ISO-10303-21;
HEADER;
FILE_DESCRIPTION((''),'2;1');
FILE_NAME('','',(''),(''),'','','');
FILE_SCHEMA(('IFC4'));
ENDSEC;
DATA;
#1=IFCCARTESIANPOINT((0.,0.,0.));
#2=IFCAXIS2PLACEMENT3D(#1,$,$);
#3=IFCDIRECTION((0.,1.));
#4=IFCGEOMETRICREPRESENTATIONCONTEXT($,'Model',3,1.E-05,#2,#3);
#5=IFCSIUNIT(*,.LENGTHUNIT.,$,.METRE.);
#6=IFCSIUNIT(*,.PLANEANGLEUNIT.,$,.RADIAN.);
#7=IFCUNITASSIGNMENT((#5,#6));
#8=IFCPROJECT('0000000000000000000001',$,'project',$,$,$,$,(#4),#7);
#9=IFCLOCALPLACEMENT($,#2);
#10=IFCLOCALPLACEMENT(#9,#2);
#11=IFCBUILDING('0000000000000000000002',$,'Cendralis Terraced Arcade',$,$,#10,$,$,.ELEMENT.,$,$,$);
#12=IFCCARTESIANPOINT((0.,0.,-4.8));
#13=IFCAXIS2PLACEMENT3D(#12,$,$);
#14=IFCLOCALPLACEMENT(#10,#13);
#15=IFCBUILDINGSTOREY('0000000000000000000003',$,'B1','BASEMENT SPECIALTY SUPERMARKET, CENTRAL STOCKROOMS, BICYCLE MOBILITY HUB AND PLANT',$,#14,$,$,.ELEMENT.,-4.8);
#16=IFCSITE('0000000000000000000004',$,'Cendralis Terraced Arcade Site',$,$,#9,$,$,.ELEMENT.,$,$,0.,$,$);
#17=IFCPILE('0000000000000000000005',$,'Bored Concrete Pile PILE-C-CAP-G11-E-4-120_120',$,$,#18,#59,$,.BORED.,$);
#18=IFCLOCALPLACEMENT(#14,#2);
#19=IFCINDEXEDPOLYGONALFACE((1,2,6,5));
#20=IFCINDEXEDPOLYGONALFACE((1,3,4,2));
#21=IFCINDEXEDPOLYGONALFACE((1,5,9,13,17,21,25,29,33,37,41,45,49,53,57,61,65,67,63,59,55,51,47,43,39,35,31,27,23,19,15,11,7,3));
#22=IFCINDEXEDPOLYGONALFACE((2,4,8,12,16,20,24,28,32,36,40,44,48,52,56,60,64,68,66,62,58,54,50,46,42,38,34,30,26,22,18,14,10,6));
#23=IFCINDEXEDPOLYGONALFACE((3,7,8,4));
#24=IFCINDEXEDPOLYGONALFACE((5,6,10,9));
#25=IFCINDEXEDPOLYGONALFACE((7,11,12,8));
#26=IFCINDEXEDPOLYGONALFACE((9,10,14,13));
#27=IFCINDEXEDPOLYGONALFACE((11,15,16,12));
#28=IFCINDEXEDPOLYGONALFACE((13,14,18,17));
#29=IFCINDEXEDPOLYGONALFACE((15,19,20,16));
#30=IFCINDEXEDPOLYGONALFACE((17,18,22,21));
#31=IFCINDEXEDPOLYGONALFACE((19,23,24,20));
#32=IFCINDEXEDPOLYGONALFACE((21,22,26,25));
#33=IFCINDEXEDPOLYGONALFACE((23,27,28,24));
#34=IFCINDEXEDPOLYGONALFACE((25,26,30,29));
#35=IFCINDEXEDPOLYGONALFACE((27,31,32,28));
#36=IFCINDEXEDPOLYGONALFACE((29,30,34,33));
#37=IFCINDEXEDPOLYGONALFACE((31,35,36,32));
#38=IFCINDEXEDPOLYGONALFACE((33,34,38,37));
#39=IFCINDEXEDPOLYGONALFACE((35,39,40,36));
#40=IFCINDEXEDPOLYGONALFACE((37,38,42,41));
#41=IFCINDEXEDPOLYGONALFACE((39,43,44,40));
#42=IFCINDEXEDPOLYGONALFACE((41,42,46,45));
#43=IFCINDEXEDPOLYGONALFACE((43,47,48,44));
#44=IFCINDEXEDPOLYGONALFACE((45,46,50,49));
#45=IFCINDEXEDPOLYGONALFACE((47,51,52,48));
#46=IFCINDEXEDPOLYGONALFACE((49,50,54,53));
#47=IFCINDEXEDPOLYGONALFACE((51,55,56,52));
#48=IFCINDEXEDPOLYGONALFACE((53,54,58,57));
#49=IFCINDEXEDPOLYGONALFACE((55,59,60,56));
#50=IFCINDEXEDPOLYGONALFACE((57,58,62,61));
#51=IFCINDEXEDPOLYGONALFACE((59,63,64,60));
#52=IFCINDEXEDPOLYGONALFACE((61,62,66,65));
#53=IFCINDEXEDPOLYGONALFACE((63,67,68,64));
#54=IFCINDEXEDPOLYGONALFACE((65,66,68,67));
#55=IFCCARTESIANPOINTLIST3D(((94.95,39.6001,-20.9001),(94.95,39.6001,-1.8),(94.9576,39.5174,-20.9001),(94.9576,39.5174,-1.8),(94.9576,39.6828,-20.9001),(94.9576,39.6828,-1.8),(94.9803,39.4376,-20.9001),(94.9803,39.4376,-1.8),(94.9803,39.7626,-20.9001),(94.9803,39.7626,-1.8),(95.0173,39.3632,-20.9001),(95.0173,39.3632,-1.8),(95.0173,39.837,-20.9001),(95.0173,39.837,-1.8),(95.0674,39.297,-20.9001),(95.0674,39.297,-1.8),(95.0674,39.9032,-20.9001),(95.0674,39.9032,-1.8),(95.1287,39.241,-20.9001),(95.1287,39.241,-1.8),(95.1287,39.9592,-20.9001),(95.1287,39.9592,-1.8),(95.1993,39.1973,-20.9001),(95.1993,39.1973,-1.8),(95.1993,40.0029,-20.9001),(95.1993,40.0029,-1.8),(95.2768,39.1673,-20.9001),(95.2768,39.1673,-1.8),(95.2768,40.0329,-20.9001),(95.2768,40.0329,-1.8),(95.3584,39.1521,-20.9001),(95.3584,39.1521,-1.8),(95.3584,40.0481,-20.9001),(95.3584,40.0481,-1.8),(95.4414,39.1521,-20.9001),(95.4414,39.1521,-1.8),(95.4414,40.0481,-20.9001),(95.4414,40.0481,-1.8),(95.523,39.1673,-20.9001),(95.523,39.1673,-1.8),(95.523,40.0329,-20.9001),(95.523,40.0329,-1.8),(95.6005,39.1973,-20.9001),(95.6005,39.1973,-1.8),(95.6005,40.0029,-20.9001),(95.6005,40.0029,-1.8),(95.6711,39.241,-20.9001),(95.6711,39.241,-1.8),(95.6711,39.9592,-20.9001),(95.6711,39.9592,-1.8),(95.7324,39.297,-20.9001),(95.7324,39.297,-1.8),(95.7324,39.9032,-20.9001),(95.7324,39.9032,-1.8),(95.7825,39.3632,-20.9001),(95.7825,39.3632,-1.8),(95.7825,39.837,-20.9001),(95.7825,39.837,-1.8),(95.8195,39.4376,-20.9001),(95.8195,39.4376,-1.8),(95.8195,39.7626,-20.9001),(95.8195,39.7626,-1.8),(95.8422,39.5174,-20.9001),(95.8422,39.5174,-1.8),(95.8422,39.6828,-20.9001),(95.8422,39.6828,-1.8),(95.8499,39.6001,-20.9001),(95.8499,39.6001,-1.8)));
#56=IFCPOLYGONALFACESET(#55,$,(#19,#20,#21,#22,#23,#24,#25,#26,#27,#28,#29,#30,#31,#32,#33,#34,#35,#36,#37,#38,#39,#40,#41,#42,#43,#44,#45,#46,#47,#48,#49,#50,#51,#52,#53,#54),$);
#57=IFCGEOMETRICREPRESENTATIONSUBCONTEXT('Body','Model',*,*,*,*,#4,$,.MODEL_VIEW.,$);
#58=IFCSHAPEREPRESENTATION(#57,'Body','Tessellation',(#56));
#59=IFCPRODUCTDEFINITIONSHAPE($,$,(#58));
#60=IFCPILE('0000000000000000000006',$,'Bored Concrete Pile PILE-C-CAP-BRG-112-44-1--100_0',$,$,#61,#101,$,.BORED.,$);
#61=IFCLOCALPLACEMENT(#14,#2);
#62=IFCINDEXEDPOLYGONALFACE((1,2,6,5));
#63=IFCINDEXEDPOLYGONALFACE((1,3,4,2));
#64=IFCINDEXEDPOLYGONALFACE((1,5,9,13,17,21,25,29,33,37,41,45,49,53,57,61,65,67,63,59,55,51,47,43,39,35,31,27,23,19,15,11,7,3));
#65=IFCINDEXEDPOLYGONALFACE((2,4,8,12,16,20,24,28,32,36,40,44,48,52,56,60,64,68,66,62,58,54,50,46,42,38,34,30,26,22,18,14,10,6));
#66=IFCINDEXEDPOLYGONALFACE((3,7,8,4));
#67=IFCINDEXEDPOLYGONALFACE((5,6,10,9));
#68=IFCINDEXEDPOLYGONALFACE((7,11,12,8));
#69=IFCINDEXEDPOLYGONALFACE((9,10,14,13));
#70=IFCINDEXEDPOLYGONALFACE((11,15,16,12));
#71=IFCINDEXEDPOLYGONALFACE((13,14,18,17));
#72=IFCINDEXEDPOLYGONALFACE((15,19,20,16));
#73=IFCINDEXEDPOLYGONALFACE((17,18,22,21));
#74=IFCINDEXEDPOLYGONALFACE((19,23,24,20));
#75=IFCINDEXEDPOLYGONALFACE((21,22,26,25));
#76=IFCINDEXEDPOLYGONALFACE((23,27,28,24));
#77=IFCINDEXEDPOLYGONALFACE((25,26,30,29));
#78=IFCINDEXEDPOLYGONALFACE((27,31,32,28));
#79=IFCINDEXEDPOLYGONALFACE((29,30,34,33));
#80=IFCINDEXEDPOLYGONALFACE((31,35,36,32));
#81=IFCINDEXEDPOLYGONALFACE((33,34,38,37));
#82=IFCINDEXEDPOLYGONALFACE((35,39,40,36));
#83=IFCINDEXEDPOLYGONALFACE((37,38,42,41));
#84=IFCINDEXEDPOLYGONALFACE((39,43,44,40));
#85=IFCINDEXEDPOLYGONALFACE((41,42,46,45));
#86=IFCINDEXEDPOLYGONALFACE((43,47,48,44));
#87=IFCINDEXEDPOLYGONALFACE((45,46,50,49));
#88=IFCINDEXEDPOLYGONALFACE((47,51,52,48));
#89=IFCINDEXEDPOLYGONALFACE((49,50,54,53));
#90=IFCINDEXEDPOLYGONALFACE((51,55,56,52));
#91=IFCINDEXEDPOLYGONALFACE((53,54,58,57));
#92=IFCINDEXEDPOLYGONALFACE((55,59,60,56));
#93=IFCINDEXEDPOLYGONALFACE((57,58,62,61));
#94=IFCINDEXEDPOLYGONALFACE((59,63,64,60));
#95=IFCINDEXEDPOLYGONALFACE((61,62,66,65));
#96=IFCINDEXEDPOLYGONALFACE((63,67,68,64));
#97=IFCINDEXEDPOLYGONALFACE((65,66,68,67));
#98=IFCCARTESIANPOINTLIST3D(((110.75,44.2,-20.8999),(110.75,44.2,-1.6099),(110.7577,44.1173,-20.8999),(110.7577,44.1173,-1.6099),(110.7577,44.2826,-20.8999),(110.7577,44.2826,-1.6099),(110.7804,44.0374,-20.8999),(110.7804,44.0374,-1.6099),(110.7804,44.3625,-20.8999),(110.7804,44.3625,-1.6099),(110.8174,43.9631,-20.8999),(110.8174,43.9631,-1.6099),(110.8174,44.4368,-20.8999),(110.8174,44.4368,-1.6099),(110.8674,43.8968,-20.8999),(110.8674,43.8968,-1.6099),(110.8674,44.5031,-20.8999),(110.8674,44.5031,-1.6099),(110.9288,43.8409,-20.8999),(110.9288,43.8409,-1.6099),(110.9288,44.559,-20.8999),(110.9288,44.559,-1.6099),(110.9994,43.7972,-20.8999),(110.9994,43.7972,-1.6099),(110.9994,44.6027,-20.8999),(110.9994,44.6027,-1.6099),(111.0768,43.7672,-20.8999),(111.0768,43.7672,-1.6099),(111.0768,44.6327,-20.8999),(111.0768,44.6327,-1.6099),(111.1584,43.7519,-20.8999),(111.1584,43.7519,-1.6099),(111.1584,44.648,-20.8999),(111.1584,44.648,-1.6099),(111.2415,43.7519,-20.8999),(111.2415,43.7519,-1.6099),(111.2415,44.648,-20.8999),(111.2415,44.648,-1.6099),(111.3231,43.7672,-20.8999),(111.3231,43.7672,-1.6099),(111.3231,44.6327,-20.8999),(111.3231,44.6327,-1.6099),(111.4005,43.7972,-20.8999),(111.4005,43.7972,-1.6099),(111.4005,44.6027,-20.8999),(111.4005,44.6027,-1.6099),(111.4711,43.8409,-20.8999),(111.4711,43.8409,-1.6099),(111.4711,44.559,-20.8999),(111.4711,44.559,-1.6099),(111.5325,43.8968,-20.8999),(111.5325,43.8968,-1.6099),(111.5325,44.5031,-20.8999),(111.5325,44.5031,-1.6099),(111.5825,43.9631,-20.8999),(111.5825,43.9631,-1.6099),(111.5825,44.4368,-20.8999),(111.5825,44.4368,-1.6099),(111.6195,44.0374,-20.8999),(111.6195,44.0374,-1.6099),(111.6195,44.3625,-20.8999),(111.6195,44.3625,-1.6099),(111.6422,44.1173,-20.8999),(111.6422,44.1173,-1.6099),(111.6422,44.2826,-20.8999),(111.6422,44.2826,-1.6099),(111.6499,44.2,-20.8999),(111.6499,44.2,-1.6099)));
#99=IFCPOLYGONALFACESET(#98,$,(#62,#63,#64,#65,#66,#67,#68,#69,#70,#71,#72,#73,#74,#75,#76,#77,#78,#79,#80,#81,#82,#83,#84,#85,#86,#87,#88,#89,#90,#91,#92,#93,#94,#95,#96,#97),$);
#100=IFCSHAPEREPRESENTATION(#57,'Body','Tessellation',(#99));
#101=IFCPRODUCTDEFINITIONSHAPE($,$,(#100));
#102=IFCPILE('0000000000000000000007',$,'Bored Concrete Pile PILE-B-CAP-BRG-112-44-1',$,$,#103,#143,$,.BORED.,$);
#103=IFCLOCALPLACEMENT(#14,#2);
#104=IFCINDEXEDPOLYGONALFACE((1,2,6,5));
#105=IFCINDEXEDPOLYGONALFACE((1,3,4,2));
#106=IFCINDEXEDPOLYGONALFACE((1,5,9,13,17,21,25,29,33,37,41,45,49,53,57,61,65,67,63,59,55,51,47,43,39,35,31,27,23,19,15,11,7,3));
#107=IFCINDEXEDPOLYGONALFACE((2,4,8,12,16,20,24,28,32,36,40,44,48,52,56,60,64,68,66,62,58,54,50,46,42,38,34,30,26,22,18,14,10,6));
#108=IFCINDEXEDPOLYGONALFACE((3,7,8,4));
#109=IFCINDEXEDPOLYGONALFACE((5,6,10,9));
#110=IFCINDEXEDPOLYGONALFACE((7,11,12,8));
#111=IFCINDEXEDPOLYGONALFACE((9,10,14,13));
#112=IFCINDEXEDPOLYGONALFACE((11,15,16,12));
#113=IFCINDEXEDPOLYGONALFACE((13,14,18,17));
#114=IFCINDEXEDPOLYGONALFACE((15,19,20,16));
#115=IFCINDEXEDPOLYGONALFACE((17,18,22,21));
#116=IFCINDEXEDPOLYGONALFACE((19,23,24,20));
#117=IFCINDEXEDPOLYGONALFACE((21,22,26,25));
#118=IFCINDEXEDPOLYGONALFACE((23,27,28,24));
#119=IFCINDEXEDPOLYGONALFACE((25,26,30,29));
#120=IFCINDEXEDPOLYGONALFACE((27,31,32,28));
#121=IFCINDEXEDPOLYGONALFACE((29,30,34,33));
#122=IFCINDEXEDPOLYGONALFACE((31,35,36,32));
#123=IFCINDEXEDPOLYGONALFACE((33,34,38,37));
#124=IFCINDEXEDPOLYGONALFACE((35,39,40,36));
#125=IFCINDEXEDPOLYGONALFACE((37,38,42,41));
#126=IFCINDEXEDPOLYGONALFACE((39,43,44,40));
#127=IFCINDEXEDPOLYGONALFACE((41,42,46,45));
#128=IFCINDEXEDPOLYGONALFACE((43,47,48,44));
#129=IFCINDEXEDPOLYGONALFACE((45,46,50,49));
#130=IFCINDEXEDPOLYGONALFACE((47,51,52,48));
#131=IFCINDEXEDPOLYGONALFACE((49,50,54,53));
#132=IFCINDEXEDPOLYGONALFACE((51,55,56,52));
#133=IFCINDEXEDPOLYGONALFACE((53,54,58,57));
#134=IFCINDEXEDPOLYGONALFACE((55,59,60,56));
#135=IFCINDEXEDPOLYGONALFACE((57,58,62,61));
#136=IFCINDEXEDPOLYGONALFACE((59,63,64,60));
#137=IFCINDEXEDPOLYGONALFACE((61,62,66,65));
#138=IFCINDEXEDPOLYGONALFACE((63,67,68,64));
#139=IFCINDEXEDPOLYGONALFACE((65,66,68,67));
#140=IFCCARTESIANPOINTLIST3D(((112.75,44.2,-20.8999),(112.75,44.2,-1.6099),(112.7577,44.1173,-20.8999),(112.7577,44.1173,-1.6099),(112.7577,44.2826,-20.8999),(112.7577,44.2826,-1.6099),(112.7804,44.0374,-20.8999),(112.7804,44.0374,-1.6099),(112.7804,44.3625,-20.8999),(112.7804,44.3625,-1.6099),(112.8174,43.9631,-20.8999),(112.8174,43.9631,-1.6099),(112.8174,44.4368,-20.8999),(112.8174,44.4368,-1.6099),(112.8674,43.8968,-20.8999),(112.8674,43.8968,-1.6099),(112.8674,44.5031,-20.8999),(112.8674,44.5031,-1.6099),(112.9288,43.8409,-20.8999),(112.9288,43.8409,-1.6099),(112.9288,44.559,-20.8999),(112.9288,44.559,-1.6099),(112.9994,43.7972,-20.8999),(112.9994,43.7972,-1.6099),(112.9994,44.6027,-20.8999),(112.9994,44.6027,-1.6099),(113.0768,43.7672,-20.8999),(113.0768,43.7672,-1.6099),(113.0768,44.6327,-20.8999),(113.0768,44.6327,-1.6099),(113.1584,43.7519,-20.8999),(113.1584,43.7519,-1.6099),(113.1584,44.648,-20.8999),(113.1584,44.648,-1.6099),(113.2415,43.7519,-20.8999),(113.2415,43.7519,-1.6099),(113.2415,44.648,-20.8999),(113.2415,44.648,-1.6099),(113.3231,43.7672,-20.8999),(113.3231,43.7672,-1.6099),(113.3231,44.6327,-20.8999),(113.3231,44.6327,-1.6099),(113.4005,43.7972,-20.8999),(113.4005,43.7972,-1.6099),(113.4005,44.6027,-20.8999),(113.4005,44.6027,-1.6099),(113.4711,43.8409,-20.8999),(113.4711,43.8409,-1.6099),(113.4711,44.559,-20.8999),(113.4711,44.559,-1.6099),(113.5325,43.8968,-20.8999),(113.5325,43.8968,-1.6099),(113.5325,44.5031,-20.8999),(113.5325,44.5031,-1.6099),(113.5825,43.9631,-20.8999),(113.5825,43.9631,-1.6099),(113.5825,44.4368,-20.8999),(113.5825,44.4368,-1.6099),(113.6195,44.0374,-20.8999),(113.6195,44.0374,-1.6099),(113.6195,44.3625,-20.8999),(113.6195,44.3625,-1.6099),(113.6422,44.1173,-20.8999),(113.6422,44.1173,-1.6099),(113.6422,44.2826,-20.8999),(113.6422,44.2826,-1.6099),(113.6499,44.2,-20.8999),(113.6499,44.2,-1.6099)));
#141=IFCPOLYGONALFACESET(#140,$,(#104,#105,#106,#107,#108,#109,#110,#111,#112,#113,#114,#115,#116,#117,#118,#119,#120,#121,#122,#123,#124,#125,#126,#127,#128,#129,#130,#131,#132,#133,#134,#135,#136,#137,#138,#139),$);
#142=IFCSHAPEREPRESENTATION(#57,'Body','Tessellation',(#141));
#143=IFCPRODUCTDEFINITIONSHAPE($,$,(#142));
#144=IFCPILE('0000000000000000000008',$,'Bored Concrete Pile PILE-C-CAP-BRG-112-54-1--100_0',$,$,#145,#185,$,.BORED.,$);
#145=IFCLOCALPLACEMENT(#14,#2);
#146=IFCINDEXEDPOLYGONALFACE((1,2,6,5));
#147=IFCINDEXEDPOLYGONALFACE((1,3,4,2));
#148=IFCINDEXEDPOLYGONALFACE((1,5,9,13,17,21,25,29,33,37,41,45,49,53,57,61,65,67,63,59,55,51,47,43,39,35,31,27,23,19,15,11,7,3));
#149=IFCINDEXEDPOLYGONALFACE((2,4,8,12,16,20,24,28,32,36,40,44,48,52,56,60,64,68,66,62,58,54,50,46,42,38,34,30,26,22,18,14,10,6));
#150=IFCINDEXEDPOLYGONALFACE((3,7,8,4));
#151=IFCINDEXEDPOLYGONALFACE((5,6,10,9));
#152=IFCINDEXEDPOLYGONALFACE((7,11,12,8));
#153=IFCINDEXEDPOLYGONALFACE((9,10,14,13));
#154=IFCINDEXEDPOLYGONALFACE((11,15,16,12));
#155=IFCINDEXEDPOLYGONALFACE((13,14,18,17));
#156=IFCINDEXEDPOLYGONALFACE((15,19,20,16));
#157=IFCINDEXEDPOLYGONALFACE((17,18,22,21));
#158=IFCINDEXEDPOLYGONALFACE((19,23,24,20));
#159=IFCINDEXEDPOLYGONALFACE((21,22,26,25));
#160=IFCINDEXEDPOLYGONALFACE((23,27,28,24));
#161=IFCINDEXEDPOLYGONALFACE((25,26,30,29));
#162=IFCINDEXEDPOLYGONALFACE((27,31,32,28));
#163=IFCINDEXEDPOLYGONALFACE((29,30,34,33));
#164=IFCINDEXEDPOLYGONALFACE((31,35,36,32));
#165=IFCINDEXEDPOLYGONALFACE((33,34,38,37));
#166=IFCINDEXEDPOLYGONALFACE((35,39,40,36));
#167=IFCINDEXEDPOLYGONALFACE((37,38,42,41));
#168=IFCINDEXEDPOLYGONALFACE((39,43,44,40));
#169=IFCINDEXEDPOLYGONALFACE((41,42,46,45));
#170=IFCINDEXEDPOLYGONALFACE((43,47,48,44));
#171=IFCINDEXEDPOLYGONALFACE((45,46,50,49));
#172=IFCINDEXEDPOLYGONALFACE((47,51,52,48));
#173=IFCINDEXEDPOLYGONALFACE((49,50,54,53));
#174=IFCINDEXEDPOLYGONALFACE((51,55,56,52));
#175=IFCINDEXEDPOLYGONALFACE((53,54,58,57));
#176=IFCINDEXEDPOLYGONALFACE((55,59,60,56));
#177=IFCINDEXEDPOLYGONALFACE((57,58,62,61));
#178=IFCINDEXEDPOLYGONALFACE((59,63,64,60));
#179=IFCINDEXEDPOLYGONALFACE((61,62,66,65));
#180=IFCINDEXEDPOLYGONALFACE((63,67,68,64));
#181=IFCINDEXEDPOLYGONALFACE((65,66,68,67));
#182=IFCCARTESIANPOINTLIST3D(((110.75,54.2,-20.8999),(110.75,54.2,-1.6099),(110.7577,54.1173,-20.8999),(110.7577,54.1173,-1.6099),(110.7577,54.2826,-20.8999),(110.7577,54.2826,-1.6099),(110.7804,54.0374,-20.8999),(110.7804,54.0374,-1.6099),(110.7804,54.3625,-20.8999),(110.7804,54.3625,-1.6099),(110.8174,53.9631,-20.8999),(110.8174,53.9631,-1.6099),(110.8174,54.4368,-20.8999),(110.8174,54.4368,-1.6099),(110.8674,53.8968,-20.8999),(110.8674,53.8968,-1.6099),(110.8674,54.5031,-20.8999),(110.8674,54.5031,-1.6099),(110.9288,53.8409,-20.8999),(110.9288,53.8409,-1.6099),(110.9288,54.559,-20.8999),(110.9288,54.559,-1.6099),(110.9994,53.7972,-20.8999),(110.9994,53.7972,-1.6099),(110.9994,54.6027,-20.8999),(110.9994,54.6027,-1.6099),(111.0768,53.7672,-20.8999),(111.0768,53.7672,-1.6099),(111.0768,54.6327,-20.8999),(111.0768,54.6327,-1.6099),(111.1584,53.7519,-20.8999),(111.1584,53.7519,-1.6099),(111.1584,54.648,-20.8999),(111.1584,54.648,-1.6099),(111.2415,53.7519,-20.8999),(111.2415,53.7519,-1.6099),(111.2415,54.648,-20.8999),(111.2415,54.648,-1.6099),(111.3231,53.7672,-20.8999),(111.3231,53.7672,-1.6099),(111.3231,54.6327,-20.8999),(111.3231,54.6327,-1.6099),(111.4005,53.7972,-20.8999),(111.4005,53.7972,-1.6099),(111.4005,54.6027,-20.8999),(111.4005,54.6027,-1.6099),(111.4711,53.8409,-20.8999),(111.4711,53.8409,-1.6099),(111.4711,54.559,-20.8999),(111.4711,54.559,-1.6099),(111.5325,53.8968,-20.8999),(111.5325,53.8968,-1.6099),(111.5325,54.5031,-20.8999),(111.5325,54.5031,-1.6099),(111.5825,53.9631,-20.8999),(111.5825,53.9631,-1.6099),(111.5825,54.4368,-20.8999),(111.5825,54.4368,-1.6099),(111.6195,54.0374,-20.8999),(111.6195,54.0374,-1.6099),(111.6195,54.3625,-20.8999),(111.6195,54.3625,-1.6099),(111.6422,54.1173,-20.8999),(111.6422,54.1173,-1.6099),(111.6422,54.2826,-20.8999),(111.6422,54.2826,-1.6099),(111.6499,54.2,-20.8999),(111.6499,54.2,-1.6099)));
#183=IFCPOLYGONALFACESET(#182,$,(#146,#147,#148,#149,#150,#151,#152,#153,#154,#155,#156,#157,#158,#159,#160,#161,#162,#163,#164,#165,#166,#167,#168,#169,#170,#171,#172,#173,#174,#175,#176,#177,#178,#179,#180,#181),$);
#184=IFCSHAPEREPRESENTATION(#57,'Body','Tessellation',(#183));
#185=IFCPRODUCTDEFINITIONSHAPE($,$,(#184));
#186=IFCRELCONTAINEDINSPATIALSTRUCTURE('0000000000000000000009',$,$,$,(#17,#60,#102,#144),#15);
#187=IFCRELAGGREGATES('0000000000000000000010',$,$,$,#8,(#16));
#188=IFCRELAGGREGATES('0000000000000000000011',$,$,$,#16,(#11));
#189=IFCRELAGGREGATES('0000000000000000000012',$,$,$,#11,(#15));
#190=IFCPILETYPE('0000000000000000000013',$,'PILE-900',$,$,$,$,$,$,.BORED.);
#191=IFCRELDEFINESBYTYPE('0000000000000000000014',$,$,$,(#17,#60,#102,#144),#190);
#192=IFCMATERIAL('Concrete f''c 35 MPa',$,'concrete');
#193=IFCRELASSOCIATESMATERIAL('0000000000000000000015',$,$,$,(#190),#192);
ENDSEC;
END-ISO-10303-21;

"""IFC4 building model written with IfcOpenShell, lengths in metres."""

from ifc_helpers import new_model, si_unit, direction, frame, origin, origin_2d, place, context, subcontext, project, spatial, circle, extrude, material, material_profile, profile_set, type_object, element, save


model = new_model("IFC4")

# Units and contexts
model_context = context("Model", 3, precision=1e-05, world=origin(), true_north=direction((0.0, 1.0)))
body_context = subcontext(model_context, "Body", "Model", "MODEL_VIEW")
ifc_project = project(units=[si_unit("LENGTHUNIT", "METRE"), si_unit("PLANEANGLEUNIT", "RADIAN")], contexts=[model_context])

# Site, building, storey
site_placement = place(None, origin())
site = spatial("IfcSite", under=ifc_project, at=site_placement, Name="Cendralis Terraced Arcade Site", CompositionType="ELEMENT", RefElevation=0.0)
building_placement = place(site_placement, origin())
building = spatial("IfcBuilding", under=site, at=building_placement, Name="Cendralis Terraced Arcade", CompositionType="ELEMENT")
storey_placement = place(building_placement, frame((0.0, 0.0, -4.8)))
storey = spatial("IfcBuildingStorey", under=building, at=storey_placement, Name="B1", Description="BASEMENT SPECIALTY SUPERMARKET, CENTRAL STOCKROOMS, BICYCLE MOBILITY HUB AND PLANT", CompositionType="ELEMENT", Elevation=-4.8)

# Shared definitions
ifc_material_1 = material(Name="Concrete f'c 35 MPa", Category="concrete")

# Piles
ifc_material_profile_1 = material_profile(ifc_material_1, circle(Radius=0.45, at=origin_2d()), Name="PILE-D900", Category="LoadBearing")
ifc_profile_set_1 = profile_set([ifc_material_profile_1], Name="Concrete f'c 35 MPa")
pile_type_1 = type_object("IfcPileType", Name="PILE-900", PredefinedType="BORED", material=ifc_profile_set_1)
for number, where, z_axis, x_axis, name in (
    (1, (95.3999, 39.6001, -1.8), (0.0, 0.0, -1.0), (1.0, 0.0, 0.0), "Bored Concrete Pile PILE-C-CAP-G11-E-4-120_120"),
):
    element("IfcPile", number, at=place(storey_placement, frame(where, z_axis=z_axis, x_axis=x_axis)), inside=storey, type_object=pile_type_1, Name=name, PredefinedType="BORED", context=body_context, shape_type="SweptSolid", body=[
        extrude(circle(Radius=0.45, at=origin_2d()), origin(), (0.0, 0.0, 1.0), 19.1001),
    ])
for number, where, z_axis, x_axis, name in (
    (2, (111.2, 44.2, -1.6099), (0.0, 0.0, -1.0), (1.0, 0.0, 0.0), "Bored Concrete Pile PILE-C-CAP-BRG-112-44-1--100_0"),
    (3, (113.2, 44.2, -1.6099), (0.0, 0.0, -1.0), (1.0, 0.0, 0.0), "Bored Concrete Pile PILE-B-CAP-BRG-112-44-1"),
    (4, (111.2, 54.2, -1.6099), (0.0, 0.0, -1.0), (1.0, 0.0, 0.0), "Bored Concrete Pile PILE-C-CAP-BRG-112-54-1--100_0"),
):
    element("IfcPile", number, at=place(storey_placement, frame(where, z_axis=z_axis, x_axis=x_axis)), inside=storey, type_object=pile_type_1, Name=name, PredefinedType="BORED", context=body_context, shape_type="SweptSolid", body=[
        extrude(circle(Radius=0.45, at=origin_2d()), origin(), (0.0, 0.0, 1.0), 19.29),
    ])

save(model, "model.ifc")
